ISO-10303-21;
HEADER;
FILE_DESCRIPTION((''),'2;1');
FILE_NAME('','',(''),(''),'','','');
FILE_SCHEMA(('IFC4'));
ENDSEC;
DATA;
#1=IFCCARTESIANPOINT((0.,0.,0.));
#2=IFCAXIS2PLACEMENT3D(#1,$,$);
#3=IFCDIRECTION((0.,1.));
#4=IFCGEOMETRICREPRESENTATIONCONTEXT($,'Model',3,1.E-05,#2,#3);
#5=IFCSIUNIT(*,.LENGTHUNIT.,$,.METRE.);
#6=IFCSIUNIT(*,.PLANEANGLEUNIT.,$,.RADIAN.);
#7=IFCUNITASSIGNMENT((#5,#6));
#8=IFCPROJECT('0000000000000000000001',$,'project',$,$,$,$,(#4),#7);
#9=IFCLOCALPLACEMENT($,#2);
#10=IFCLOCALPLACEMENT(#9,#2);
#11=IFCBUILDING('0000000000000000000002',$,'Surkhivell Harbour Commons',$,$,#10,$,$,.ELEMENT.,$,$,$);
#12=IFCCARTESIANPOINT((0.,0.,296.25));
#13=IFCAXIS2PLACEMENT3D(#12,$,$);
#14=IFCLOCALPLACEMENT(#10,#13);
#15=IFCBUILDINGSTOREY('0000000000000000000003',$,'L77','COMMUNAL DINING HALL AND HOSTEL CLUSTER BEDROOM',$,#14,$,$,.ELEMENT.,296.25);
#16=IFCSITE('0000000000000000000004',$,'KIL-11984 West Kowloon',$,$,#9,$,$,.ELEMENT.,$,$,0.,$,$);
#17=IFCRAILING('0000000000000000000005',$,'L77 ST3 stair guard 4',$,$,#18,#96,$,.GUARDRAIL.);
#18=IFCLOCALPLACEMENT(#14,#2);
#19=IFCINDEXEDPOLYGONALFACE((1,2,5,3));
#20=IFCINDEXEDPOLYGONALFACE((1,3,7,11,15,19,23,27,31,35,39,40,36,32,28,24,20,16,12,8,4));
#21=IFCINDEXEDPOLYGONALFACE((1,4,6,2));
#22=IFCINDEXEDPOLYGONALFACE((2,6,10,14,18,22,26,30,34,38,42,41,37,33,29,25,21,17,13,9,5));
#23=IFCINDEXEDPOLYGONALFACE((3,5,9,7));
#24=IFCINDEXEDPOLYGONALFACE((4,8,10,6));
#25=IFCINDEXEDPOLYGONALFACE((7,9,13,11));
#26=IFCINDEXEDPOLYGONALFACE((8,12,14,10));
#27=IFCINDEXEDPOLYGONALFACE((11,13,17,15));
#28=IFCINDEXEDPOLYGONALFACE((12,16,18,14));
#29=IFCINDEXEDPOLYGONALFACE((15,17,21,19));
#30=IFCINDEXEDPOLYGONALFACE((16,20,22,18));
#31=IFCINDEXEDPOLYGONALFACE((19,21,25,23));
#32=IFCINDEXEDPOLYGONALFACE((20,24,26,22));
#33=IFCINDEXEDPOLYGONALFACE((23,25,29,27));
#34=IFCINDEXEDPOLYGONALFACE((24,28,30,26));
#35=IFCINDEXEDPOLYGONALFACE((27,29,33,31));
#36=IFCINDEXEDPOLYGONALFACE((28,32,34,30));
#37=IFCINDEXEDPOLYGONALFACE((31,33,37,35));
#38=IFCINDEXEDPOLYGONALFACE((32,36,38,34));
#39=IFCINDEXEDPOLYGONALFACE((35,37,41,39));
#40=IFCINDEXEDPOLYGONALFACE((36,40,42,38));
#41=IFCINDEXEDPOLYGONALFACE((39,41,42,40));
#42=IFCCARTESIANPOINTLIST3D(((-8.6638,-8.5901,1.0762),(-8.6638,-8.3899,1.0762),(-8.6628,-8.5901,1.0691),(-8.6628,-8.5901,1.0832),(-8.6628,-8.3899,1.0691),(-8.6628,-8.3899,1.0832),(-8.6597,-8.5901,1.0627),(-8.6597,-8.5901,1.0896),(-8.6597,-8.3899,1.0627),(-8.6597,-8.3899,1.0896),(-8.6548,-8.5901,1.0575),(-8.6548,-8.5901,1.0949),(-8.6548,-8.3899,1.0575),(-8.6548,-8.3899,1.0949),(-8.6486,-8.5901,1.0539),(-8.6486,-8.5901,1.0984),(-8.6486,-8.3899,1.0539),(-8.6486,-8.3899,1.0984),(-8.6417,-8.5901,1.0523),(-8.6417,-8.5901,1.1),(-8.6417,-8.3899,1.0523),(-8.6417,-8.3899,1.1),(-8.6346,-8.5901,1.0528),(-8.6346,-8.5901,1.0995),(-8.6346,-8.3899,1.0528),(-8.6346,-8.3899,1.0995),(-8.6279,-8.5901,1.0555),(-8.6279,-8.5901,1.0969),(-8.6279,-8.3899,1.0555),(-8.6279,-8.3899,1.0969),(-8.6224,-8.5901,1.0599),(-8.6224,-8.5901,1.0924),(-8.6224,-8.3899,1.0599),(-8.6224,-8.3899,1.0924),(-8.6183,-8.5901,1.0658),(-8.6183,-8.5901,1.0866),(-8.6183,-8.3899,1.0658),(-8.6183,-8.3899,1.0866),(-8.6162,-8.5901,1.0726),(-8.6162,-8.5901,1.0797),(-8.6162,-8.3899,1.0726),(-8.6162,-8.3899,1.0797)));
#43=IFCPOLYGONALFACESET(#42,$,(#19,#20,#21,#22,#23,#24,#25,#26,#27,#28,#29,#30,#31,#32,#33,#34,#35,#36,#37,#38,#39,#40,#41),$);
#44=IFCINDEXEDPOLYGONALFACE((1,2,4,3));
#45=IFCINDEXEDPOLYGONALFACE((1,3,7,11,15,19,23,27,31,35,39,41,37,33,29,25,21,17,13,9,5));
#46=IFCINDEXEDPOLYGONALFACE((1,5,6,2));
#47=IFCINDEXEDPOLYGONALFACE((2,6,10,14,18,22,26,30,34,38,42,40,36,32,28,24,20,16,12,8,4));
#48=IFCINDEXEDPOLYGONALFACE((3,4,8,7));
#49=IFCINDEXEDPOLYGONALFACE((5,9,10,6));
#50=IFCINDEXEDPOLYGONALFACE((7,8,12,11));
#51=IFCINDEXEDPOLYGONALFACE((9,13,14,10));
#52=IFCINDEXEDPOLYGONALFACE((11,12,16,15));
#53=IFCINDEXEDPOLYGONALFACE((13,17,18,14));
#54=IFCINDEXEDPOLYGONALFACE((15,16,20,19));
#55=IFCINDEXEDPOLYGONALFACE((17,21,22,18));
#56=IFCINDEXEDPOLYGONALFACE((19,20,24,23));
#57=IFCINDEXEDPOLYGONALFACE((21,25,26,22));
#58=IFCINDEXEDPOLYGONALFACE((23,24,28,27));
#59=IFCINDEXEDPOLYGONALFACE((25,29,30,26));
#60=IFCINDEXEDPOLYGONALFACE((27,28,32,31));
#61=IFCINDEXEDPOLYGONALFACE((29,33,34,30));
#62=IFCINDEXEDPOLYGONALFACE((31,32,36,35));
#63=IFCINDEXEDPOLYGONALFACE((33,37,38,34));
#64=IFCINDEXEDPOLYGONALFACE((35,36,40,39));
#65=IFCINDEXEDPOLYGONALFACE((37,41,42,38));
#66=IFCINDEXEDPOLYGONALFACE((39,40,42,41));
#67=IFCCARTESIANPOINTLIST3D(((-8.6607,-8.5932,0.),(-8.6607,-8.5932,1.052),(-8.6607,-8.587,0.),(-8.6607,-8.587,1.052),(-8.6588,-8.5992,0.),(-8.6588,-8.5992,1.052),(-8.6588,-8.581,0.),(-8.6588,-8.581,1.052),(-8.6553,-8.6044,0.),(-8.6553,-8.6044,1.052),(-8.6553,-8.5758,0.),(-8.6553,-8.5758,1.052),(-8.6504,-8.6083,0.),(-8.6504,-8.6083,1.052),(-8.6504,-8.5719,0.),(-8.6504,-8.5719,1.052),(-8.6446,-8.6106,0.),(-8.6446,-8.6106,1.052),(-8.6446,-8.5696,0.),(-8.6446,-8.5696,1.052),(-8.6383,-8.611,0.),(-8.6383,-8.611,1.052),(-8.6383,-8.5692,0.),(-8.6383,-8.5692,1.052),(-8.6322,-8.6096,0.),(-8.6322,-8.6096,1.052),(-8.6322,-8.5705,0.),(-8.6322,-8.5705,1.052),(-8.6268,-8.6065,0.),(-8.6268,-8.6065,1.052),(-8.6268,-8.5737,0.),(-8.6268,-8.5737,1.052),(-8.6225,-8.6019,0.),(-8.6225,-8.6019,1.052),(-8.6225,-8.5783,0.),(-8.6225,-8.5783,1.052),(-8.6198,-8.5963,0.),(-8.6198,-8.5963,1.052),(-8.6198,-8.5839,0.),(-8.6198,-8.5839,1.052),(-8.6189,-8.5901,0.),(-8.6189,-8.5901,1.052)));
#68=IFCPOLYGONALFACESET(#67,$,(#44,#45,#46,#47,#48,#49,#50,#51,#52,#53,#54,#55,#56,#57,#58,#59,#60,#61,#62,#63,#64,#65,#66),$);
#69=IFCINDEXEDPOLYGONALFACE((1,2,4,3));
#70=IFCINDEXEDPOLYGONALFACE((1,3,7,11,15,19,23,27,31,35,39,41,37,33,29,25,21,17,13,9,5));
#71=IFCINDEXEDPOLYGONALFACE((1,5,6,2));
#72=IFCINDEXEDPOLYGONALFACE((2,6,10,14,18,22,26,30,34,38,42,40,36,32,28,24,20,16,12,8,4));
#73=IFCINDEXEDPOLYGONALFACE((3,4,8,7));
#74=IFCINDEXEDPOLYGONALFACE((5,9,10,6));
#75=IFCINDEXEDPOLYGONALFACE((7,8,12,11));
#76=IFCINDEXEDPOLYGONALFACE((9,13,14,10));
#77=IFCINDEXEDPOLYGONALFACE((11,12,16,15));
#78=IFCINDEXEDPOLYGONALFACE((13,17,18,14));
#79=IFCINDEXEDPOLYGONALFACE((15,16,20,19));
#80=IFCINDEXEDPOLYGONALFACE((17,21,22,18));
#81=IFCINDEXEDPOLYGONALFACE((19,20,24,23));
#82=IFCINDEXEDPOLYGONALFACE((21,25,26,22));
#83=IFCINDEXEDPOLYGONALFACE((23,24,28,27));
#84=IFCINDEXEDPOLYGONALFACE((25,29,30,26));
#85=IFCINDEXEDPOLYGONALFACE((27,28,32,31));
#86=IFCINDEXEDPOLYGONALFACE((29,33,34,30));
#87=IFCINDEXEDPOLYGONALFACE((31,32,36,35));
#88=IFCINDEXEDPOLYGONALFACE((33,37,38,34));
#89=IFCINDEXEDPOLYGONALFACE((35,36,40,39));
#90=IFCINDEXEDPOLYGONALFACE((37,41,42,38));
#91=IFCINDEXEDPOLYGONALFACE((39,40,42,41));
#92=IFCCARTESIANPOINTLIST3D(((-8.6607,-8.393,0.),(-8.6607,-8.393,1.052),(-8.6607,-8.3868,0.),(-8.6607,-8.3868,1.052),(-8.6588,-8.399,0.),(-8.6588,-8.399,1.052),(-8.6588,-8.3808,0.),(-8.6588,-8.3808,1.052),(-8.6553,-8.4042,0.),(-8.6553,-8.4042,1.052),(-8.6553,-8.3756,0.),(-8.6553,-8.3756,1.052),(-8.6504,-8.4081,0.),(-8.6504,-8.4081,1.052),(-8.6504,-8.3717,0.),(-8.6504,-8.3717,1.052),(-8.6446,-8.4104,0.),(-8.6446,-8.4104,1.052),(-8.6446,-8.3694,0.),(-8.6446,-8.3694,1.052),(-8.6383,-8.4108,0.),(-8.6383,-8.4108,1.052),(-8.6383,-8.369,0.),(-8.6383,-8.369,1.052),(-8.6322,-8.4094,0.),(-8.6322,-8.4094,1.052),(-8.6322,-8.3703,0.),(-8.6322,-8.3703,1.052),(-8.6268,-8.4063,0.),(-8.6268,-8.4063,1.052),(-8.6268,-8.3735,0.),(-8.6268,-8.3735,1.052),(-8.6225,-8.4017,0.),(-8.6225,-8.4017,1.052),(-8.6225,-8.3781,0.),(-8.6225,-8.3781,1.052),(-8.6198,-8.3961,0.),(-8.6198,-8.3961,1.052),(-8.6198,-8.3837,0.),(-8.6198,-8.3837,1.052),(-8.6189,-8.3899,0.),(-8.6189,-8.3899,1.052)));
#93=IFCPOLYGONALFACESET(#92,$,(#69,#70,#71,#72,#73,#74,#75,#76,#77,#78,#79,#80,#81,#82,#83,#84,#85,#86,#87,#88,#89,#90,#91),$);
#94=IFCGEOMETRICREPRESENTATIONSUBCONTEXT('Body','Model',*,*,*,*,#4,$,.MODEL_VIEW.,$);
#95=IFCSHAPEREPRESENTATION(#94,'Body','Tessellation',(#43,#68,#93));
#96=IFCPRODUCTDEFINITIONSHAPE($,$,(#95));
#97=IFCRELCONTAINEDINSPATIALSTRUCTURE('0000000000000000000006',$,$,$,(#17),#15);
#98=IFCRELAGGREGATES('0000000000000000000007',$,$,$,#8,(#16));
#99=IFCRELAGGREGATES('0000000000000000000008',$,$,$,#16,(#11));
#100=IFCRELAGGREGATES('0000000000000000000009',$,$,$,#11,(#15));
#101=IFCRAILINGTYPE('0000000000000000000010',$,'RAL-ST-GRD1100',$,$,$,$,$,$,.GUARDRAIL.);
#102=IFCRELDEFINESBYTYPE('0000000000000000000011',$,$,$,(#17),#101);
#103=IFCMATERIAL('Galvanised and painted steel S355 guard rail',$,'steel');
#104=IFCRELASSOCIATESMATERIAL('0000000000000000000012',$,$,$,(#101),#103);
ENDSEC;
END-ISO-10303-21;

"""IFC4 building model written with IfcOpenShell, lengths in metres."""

from ifc_helpers import new_model, si_unit, direction, frame, origin, origin_2d, place, context, subcontext, project, spatial, circle, extrude, material, type_object, element, save


model = new_model("IFC4")

# Units and contexts
model_context = context("Model", 3, precision=1e-05, world=origin(), true_north=direction((0.0, 1.0)))
body_context = subcontext(model_context, "Body", "Model", "MODEL_VIEW")
ifc_project = project(units=[si_unit("LENGTHUNIT", "METRE"), si_unit("PLANEANGLEUNIT", "RADIAN")], contexts=[model_context])

# Site, building, storey
site_placement = place(None, origin())
site = spatial("IfcSite", under=ifc_project, at=site_placement, Name="KIL-11984 West Kowloon", CompositionType="ELEMENT", RefElevation=0.0)
building_placement = place(site_placement, origin())
building = spatial("IfcBuilding", under=site, at=building_placement, Name="Surkhivell Harbour Commons", CompositionType="ELEMENT")
storey_placement = place(building_placement, frame((0.0, 0.0, 296.25)))
storey = spatial("IfcBuildingStorey", under=building, at=storey_placement, Name="L77", Description="COMMUNAL DINING HALL AND HOSTEL CLUSTER BEDROOM", CompositionType="ELEMENT", Elevation=296.25)

# Railing
ifc_material_1 = material(Name="Galvanised and painted steel S355 guard rail", Category="steel")
railing_type_1 = type_object("IfcRailingType", Name="RAL-ST-GRD1100", PredefinedType="GUARDRAIL", material=ifc_material_1)
railing_1_placement = place(storey_placement, frame((-8.6399, -8.5901, 0.0)))
element("IfcRailing", 1, at=railing_1_placement, inside=storey, type_object=railing_type_1, Name="L77 ST3 stair guard 4", PredefinedType="GUARDRAIL", context=body_context, shape_type="SweptSolid", body=[
    extrude(circle(Radius=0.0239, at=origin_2d()), frame((0.0, 0.0, 1.0762), z_axis=(0.0, 1.0, 0.0), x_axis=(-1.0, 0.0, 0.0)), (0.0, 0.0, 1.0), 0.2002),
    extrude(circle(Radius=0.021, at=origin_2d()), origin(), (0.0, 0.0, 1.0), 1.052),
    extrude(circle(Radius=0.021, at=origin_2d()), frame((0.0, 0.2002, 0.0)), (0.0, 0.0, 1.0), 1.052),
])

save(model, "model.ifc")
